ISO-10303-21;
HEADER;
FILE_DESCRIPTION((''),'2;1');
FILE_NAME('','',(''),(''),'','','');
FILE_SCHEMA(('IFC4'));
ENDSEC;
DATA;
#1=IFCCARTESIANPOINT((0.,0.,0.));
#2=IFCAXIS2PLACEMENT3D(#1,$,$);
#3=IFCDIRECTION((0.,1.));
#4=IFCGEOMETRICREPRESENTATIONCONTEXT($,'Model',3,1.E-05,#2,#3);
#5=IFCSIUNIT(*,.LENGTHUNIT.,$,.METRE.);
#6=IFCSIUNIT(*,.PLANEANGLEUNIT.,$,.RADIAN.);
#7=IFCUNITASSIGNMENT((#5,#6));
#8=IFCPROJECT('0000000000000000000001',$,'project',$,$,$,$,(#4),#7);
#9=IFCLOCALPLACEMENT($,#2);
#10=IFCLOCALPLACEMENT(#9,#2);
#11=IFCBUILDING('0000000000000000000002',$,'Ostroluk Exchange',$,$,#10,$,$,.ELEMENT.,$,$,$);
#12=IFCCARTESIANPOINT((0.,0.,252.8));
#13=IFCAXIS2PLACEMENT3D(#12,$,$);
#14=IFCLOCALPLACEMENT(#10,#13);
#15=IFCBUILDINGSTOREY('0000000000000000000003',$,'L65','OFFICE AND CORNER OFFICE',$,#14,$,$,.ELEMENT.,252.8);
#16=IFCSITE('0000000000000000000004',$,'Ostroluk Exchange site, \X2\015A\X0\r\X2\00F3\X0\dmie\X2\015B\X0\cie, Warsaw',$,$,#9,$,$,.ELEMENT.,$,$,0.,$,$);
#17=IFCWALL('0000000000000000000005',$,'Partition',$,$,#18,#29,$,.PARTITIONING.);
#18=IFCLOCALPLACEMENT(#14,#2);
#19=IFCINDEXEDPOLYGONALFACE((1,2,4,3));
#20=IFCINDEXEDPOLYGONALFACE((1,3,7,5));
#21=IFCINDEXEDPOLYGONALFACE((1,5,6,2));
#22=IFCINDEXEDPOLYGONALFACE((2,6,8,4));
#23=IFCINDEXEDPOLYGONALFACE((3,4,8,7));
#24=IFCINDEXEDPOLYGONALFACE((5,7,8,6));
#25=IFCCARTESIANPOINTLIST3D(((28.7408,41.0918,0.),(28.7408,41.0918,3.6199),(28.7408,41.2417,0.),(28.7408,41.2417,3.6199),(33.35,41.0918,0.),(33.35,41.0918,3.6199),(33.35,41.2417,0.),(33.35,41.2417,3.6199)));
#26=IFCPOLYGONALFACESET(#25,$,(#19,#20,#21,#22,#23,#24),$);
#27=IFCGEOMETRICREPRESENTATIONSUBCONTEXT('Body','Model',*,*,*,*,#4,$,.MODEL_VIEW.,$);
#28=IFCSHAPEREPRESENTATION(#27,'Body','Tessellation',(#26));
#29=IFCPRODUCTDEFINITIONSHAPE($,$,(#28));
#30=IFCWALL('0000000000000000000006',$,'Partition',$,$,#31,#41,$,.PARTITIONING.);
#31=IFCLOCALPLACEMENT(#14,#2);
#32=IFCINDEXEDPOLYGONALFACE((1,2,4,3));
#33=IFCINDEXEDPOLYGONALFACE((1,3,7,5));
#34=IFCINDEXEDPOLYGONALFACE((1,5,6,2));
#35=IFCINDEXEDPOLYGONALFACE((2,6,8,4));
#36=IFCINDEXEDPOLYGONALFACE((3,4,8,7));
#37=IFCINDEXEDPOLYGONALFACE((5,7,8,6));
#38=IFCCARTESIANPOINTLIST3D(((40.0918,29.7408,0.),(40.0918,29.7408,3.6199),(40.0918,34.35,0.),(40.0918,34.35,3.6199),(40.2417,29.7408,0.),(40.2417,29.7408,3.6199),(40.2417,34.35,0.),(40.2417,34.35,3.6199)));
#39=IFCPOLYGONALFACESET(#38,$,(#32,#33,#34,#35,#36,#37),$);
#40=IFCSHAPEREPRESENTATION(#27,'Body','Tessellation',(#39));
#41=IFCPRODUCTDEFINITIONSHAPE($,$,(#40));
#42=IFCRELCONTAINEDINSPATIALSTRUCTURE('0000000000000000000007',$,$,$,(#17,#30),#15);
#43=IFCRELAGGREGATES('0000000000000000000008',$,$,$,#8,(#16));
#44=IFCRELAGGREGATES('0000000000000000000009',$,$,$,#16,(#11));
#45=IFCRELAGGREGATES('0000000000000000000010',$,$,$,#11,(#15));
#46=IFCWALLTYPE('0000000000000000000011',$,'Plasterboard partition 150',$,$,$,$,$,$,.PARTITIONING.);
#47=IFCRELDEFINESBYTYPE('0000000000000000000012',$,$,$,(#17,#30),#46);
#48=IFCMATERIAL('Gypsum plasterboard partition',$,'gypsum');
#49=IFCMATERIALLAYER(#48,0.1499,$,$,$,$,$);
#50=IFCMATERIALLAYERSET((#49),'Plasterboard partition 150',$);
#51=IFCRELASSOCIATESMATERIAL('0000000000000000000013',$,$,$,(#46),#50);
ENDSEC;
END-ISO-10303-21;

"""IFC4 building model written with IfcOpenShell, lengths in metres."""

from ifc_helpers import new_model, si_unit, direction, frame, frame_2d, origin, place, context, subcontext, project, spatial, rectangle, extrude, material, layer, layer_set, type_object, element, save


model = new_model("IFC4")

# Units and contexts
model_context = context("Model", 3, precision=1e-05, world=origin(), true_north=direction((0.0, 1.0)))
body_context = subcontext(model_context, "Body", "Model", "MODEL_VIEW")
ifc_project = project(units=[si_unit("LENGTHUNIT", "METRE"), si_unit("PLANEANGLEUNIT", "RADIAN")], contexts=[model_context])

# Site, building, storey
site_placement = place(None, origin())
site = spatial("IfcSite", under=ifc_project, at=site_placement, Name="Ostroluk Exchange site, Śródmieście, Warsaw", CompositionType="ELEMENT", RefElevation=0.0)
building_placement = place(site_placement, origin())
building = spatial("IfcBuilding", under=site, at=building_placement, Name="Ostroluk Exchange", CompositionType="ELEMENT")
storey_placement = place(building_placement, frame((0.0, 0.0, 252.8)))
storey = spatial("IfcBuildingStorey", under=building, at=storey_placement, Name="L65", Description="OFFICE AND CORNER OFFICE", CompositionType="ELEMENT", Elevation=252.8)

# Walls
ifc_material_1 = material(Name="Gypsum plasterboard partition", Category="gypsum")
ifc_layer_1 = layer(ifc_material_1, 0.1499)
ifc_layer_set_1 = layer_set([ifc_layer_1], Name="Plasterboard partition 150")
wall_type_1 = type_object("IfcWallType", Name="Plasterboard partition 150", PredefinedType="PARTITIONING", material=ifc_layer_set_1)
for number, where, z_axis, x_axis, name in (
    (1, (33.3501, 41.1667, 0.0), (0.0, 0.0, 1.0), (-1.0, 0.0, 0.0), "Partition"),
    (2, (40.1667, 34.3501, 0.0), (0.0, 0.0, 1.0), (0.0, -1.0, 0.0), "Partition"),
):
    element("IfcWall", number, at=place(storey_placement, frame(where, z_axis=z_axis, x_axis=x_axis)), inside=storey, type_object=wall_type_1, Name=name, PredefinedType="PARTITIONING", context=body_context, shape_type="SweptSolid", body=[
        extrude(rectangle(XDim=4.6091, YDim=0.1499, at=frame_2d((2.3047, 0.0))), origin(), (0.0, 0.0, 1.0), 3.6199),
    ])

save(model, "model.ifc")
